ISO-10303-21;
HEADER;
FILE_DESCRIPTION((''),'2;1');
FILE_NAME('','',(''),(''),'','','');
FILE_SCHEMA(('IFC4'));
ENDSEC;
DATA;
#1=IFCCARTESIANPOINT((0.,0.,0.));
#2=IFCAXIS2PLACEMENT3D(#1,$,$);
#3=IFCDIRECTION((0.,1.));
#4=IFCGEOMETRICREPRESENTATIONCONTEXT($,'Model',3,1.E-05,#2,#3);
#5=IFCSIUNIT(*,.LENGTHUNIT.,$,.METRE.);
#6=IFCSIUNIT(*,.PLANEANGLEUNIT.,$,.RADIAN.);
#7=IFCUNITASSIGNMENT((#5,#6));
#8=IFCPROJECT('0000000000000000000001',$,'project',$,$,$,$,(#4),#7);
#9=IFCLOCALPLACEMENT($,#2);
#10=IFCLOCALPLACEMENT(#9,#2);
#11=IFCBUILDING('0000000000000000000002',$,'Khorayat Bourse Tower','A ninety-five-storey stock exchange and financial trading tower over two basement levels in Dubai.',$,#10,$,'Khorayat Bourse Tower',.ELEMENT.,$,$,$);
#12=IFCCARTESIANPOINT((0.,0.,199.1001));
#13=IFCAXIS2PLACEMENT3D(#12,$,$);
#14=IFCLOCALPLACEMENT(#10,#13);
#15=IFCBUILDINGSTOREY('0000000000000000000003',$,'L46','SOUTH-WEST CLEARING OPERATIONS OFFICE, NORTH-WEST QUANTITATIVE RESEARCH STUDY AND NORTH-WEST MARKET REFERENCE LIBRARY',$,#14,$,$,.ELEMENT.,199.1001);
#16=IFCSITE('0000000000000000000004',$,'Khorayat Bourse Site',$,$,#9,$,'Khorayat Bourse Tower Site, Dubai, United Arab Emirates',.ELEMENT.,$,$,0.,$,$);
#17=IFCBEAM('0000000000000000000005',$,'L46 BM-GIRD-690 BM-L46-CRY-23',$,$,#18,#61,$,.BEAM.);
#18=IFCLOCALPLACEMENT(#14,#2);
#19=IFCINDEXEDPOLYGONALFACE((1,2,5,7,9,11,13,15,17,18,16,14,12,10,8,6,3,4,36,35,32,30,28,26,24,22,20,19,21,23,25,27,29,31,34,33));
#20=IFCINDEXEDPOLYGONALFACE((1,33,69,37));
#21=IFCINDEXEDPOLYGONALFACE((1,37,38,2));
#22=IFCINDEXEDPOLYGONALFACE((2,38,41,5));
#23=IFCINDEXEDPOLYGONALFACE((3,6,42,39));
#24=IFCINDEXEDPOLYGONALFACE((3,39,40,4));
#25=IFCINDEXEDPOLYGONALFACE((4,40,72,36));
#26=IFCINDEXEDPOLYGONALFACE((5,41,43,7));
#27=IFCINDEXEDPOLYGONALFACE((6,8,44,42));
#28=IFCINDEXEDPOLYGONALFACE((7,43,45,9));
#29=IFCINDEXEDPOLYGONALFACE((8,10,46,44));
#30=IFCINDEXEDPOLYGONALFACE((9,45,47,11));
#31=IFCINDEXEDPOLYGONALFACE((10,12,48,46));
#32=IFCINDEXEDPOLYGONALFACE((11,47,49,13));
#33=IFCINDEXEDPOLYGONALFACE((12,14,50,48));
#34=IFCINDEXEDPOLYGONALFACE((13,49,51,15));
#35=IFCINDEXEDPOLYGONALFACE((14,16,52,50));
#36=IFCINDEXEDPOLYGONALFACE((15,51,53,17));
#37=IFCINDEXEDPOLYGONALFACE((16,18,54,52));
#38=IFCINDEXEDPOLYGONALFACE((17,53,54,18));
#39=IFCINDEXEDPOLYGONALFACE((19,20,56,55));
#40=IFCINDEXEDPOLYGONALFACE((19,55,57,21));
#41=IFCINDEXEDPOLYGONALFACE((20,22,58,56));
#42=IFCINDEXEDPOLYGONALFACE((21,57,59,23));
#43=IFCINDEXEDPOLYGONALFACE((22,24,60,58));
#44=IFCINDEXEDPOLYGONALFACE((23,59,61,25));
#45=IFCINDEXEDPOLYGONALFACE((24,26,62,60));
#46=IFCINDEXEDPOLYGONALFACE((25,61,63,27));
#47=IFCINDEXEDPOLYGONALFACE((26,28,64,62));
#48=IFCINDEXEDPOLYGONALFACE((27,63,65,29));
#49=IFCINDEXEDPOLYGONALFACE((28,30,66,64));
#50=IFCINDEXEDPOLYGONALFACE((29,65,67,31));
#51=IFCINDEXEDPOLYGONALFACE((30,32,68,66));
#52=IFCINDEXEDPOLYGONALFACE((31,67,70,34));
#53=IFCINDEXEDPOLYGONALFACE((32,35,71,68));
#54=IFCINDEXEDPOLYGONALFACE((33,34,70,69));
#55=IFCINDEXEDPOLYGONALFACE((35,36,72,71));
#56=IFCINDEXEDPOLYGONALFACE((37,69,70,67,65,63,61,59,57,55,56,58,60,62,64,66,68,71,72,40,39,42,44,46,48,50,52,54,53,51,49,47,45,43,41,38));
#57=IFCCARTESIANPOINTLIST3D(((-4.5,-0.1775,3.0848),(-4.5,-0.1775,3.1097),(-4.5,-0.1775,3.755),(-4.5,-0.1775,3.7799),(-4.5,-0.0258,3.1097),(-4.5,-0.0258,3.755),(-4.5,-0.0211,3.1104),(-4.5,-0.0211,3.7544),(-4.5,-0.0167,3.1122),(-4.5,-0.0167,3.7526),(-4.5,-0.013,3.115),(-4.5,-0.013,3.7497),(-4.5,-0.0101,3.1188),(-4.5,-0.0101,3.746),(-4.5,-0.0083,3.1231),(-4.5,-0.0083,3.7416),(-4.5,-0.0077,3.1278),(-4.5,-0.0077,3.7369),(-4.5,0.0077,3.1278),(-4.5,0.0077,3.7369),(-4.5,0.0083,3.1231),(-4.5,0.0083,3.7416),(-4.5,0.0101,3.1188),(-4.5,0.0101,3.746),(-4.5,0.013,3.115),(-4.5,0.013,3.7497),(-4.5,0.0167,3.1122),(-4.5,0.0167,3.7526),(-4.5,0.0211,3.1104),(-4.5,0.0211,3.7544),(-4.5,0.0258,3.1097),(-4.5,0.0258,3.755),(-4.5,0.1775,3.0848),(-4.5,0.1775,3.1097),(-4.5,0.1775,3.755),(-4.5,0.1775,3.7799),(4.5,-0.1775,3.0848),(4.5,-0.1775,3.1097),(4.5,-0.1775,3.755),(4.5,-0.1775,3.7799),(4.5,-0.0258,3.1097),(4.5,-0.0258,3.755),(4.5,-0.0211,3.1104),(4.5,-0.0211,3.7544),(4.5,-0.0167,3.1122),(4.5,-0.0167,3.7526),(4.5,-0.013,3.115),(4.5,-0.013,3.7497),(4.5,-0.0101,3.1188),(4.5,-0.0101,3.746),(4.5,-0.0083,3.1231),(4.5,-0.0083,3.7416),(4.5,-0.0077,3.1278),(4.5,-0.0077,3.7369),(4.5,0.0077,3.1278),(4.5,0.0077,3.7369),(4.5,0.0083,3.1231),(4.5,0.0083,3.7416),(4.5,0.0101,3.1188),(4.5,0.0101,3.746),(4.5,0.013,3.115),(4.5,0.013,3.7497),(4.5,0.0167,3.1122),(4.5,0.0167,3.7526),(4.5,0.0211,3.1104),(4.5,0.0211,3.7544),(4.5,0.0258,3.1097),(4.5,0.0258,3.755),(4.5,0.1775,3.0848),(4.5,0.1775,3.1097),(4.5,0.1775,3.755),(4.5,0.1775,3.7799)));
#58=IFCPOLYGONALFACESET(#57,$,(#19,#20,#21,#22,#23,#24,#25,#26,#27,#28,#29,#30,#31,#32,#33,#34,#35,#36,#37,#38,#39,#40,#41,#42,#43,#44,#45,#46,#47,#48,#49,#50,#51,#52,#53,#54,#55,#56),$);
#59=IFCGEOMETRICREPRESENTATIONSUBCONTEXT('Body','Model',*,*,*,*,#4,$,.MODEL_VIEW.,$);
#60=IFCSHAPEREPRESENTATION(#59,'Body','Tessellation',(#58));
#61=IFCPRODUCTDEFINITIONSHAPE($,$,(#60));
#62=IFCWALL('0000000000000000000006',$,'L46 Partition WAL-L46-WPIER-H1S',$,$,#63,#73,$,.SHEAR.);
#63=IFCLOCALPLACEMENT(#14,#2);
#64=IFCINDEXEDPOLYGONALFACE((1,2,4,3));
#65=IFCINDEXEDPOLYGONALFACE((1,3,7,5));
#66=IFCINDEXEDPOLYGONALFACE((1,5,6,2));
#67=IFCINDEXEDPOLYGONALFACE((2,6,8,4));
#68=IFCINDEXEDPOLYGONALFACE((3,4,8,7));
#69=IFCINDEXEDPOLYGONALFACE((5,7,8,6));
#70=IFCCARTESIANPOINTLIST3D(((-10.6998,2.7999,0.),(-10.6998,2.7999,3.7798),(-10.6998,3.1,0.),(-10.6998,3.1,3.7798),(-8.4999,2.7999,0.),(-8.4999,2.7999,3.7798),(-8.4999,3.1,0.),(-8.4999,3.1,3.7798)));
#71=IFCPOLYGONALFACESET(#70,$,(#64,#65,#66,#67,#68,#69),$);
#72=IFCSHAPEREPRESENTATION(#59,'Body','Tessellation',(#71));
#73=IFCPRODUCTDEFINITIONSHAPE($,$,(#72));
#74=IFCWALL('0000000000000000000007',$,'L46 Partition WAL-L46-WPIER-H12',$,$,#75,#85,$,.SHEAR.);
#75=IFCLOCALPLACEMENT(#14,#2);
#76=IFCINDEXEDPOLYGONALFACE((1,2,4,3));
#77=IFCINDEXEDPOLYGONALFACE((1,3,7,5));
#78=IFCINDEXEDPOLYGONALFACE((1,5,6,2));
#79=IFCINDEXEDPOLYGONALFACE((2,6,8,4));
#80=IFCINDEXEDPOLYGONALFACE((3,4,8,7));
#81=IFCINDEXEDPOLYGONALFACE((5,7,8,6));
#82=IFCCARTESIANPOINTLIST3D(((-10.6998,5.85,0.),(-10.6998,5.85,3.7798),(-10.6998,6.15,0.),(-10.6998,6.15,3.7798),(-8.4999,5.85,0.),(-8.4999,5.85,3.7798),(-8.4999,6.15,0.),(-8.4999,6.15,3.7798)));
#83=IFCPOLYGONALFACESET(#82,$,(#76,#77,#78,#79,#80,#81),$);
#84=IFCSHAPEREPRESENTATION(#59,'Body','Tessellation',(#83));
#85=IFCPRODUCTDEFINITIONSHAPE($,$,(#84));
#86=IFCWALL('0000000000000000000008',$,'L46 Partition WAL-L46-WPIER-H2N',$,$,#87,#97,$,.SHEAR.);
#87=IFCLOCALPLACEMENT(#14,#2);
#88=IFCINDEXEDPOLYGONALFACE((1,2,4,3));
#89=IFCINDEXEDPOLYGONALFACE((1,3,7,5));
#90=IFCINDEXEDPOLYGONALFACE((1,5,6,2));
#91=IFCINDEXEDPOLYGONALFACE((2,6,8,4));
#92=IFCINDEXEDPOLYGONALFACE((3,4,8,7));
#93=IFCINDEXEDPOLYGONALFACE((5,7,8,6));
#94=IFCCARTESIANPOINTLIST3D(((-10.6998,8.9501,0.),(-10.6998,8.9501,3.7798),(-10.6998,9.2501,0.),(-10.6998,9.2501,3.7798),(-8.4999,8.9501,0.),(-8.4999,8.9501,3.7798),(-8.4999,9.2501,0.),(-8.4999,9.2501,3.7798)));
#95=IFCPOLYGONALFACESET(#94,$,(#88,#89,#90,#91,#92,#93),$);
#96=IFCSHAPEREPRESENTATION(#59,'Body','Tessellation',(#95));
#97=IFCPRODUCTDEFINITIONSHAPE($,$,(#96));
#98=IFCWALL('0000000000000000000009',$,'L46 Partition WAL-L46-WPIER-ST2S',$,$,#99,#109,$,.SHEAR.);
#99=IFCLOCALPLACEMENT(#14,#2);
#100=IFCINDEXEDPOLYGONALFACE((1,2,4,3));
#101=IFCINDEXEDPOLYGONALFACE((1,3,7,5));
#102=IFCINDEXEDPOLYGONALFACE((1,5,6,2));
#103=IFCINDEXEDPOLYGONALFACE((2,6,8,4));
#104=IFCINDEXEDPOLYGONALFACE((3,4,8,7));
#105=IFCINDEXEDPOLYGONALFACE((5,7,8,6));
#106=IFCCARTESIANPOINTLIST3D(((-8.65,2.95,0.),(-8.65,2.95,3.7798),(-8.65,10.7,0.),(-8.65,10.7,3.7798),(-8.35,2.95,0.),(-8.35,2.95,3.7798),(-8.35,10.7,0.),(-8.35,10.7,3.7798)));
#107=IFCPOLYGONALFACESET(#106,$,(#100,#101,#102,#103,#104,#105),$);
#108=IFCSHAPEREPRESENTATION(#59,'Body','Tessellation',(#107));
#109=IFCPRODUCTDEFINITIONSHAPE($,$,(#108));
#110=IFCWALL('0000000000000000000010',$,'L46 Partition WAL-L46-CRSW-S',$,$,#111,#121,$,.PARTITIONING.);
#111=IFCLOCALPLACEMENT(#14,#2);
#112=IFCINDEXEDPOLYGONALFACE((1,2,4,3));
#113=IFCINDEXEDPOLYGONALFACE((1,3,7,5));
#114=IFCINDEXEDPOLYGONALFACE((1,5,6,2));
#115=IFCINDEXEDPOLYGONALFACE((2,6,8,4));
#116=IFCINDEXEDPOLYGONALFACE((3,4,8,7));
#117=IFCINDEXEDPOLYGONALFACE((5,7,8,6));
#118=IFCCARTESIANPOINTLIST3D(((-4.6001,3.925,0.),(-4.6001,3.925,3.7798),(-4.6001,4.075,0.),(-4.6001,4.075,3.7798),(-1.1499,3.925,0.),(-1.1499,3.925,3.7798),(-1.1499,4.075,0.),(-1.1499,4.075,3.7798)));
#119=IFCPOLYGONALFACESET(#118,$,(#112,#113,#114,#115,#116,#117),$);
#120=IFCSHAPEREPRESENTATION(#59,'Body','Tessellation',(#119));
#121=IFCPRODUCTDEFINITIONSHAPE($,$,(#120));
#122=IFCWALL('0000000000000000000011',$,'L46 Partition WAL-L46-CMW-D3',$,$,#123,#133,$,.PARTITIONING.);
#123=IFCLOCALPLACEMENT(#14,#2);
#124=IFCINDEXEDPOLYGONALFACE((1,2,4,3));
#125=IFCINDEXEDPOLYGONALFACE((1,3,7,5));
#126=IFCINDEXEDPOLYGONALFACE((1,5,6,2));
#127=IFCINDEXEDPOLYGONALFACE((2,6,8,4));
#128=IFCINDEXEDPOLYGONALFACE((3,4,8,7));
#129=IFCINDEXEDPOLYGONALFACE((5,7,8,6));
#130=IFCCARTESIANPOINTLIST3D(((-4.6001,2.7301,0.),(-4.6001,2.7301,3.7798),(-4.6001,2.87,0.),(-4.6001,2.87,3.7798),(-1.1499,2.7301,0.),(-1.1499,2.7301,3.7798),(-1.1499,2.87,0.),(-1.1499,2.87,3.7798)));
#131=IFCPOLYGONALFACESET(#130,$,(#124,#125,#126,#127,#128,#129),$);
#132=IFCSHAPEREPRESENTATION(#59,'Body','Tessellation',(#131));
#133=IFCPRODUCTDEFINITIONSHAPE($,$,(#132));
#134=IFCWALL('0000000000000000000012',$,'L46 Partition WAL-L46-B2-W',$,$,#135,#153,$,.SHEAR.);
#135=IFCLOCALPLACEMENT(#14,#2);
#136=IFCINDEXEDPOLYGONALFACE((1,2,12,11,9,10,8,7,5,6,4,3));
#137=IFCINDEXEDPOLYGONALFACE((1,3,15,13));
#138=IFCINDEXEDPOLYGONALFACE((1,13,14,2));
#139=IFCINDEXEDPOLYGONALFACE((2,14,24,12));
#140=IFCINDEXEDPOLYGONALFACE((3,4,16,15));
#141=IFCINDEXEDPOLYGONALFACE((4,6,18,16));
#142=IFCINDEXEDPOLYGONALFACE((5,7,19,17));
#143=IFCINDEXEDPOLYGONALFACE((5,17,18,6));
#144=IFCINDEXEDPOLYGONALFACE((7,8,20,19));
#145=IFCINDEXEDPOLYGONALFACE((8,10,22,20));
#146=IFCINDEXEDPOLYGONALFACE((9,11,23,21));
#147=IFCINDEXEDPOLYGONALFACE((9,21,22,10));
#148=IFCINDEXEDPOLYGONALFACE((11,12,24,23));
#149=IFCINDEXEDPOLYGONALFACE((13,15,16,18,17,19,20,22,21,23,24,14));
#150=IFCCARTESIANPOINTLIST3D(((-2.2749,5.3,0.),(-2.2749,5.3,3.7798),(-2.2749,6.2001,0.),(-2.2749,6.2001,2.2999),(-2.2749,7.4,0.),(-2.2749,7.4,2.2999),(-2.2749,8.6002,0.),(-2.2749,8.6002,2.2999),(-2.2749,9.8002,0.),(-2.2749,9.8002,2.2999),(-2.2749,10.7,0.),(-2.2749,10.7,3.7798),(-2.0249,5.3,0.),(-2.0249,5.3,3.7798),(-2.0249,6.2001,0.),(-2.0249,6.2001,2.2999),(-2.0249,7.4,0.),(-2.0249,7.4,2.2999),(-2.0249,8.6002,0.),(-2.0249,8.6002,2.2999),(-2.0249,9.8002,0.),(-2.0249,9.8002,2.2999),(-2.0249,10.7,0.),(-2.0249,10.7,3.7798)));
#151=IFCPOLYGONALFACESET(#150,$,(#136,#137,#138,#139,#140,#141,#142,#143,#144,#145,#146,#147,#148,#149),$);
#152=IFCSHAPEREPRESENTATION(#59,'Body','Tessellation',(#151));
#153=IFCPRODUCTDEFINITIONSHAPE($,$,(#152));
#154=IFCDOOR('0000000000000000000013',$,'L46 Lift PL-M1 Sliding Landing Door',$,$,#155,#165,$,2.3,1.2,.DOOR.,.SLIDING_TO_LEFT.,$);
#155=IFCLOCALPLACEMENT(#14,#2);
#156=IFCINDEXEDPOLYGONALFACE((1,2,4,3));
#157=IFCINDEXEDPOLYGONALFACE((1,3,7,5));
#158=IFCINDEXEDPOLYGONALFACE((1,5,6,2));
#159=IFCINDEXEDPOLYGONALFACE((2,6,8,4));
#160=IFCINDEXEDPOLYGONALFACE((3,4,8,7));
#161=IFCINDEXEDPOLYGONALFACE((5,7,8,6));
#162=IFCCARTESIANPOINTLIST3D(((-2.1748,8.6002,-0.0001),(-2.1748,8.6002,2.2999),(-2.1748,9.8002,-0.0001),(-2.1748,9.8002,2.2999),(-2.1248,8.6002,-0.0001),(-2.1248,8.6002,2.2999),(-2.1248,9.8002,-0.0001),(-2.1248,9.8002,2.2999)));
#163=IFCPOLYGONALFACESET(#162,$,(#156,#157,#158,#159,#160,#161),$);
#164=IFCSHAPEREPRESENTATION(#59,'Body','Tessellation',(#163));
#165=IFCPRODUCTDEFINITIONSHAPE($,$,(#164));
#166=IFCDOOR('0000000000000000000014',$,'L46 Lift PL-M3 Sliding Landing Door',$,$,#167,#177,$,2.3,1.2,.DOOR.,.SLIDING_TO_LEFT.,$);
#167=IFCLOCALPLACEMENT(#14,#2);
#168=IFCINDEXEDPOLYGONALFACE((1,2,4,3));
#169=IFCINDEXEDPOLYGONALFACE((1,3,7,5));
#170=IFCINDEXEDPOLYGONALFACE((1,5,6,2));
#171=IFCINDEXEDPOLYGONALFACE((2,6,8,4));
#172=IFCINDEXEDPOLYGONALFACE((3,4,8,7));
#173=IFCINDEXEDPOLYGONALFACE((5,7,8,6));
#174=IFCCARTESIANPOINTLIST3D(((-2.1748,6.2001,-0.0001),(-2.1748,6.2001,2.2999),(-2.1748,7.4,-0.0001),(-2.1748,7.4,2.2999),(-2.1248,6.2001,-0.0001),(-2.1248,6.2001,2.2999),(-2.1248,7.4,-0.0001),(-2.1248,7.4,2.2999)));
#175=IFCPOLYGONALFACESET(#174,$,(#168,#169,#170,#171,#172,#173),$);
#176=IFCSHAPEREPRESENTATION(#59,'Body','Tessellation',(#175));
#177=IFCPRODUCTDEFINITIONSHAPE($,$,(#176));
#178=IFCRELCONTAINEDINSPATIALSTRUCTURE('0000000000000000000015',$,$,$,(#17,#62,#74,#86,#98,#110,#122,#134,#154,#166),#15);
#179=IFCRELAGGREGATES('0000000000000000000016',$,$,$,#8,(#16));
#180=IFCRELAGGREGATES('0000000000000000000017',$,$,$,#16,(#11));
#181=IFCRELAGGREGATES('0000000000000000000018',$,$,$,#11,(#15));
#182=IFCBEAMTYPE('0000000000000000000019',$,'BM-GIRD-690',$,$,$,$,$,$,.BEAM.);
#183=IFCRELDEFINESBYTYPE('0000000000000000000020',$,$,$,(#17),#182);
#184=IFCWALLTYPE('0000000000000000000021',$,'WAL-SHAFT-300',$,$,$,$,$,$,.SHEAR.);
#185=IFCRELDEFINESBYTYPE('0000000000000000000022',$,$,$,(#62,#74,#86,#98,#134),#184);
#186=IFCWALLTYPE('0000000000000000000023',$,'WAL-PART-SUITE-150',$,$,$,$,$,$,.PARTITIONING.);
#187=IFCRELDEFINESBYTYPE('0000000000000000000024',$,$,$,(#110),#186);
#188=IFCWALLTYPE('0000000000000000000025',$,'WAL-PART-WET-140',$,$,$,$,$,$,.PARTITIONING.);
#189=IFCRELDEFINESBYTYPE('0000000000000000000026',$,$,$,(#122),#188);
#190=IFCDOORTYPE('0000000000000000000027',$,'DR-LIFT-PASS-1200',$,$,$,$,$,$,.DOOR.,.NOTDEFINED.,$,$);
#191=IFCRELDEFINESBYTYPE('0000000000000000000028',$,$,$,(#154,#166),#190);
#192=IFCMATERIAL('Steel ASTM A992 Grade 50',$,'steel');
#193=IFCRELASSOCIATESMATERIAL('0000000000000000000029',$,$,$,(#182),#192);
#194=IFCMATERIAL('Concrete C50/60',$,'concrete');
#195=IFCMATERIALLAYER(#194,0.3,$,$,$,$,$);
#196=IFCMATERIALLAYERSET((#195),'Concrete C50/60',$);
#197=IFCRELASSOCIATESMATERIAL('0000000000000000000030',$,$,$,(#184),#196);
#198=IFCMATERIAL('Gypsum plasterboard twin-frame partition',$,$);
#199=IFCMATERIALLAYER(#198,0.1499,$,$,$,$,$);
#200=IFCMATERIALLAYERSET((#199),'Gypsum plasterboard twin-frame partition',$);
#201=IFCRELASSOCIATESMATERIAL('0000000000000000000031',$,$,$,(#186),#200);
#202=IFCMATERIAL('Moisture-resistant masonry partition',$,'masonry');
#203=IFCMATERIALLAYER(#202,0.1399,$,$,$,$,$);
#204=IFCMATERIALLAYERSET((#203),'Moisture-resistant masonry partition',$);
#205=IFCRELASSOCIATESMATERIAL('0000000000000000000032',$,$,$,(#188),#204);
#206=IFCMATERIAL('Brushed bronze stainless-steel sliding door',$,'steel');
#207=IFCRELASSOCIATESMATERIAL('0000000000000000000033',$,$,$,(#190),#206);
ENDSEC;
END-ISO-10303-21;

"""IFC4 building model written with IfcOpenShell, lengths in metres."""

from ifc_helpers import new_model, si_unit, direction, frame, frame_2d, origin, origin_2d, place, context, subcontext, project, spatial, rectangle, i_section, extrude, source, transform, mapped, material, layer, layer_set, material_profile, profile_set, type_object, element, fill, save


model = new_model("IFC4")

# Units and contexts
model_context = context("Model", 3, precision=1e-05, world=origin(), true_north=direction((0.0, 1.0)))
body_context = subcontext(model_context, "Body", "Model", "MODEL_VIEW")
ifc_project = project(units=[si_unit("LENGTHUNIT", "METRE"), si_unit("PLANEANGLEUNIT", "RADIAN")], contexts=[model_context])

# Site, building, storey
site_placement = place(None, origin())
site = spatial("IfcSite", under=ifc_project, at=site_placement, Name="Khorayat Bourse Site", LongName="Khorayat Bourse Tower Site, Dubai, United Arab Emirates", CompositionType="ELEMENT", RefElevation=0.0)
building_placement = place(site_placement, origin())
building = spatial("IfcBuilding", under=site, at=building_placement, Name="Khorayat Bourse Tower", Description="A ninety-five-storey stock exchange and financial trading tower over two basement levels in Dubai.", LongName="Khorayat Bourse Tower", CompositionType="ELEMENT")
storey_placement = place(building_placement, frame((0.0, 0.0, 199.1001)))
storey = spatial("IfcBuildingStorey", under=building, at=storey_placement, Name="L46", Description="SOUTH-WEST CLEARING OPERATIONS OFFICE, NORTH-WEST QUANTITATIVE RESEARCH STUDY AND NORTH-WEST MARKET REFERENCE LIBRARY", CompositionType="ELEMENT", Elevation=199.1001)

# Beam
ifc_material_1 = material(Name="Steel ASTM A992 Grade 50", Category="steel")
ifc_material_profile_1 = material_profile(ifc_material_1, i_section(OverallWidth=0.355, OverallDepth=0.6951, WebThickness=0.0154, FlangeThickness=0.0249, FilletRadius=0.0181, at=origin_2d()), Name="W690X217")
ifc_profile_set_1 = profile_set([ifc_material_profile_1], Name="Steel ASTM A992 Grade 50")
beam_type = type_object("IfcBeamType", Name="BM-GIRD-690", PredefinedType="BEAM", material=ifc_profile_set_1)
shared_shape_1 = source(origin(), body_context, "Body", "SweptSolid", [
    extrude(i_section(OverallWidth=0.355, OverallDepth=0.6951, WebThickness=0.0154, FlangeThickness=0.0249, FilletRadius=0.0181, at=origin_2d()), origin(), (0.0, 0.0, 1.0), 9.0),
])
beam_1_placement = place(storey_placement, frame((-4.5, 0.0, 3.4324), z_axis=(1.0, 0.0, 0.0), x_axis=(0.0, 1.0, 0.0)))
element("IfcBeam", 1, at=beam_1_placement, inside=storey, type_object=beam_type, Name="L46 BM-GIRD-690 BM-L46-CRY-23", PredefinedType="BEAM", context=body_context, shape_type="MappedRepresentation", body=[
    mapped(shared_shape_1, transform((0.0, 0.0, 0.0), scale=1.0)),
])

# Walls
ifc_material_2 = material(Name="Concrete C50/60", Category="concrete")
ifc_layer_1 = layer(ifc_material_2, 0.3)
ifc_layer_set_1 = layer_set([ifc_layer_1], Name="Concrete C50/60")
wall_type_1 = type_object("IfcWallType", Name="WAL-SHAFT-300", PredefinedType="SHEAR", material=ifc_layer_set_1)
shared_shape_2 = source(origin(), body_context, "Body", "SweptSolid", [
    extrude(rectangle(XDim=2.2, YDim=0.3, at=frame_2d((1.1001, 0.0))), origin(), (0.0, 0.0, 1.0), 3.7798),
])
for number, where, z_axis, x_axis, name in (
    (2, (-10.7, 2.95, 0.0), (0.0, 0.0, 1.0), (1.0, 0.0, 0.0), "L46 Partition WAL-L46-WPIER-H1S"),
    (3, (-10.7, 6.0, 0.0), (0.0, 0.0, 1.0), (1.0, 0.0, 0.0), "L46 Partition WAL-L46-WPIER-H12"),
    (4, (-10.7, 9.1001, 0.0), (0.0, 0.0, 1.0), (1.0, 0.0, 0.0), "L46 Partition WAL-L46-WPIER-H2N"),
):
    element("IfcWall", number, at=place(storey_placement, frame(where, z_axis=z_axis, x_axis=x_axis)), inside=storey, type_object=wall_type_1, Name=name, PredefinedType="SHEAR", context=body_context, shape_type="MappedRepresentation", body=[
        mapped(shared_shape_2, transform((0.0, 0.0, 0.0), scale=1.0)),
    ])
shared_shape_3 = source(origin(), body_context, "Body", "SweptSolid", [
    extrude(rectangle(XDim=7.75, YDim=0.3, at=frame_2d((3.875, 0.0))), origin(), (0.0, 0.0, 1.0), 3.7798),
])
wall_1_placement = place(storey_placement, frame((-8.5, 2.95, 0.0), z_axis=(0.0, 0.0, 1.0), x_axis=(0.0, 1.0, 0.0)))
element("IfcWall", 5, at=wall_1_placement, inside=storey, type_object=wall_type_1, Name="L46 Partition WAL-L46-WPIER-ST2S", PredefinedType="SHEAR", context=body_context, shape_type="MappedRepresentation", body=[
    mapped(shared_shape_3, transform((0.0, 0.0, 0.0), scale=1.0)),
])
ifc_material_3 = material(Name="Gypsum plasterboard twin-frame partition")
ifc_layer_2 = layer(ifc_material_3, 0.1499)
ifc_layer_set_2 = layer_set([ifc_layer_2], Name="Gypsum plasterboard twin-frame partition")
wall_type_2 = type_object("IfcWallType", Name="WAL-PART-SUITE-150", PredefinedType="PARTITIONING", material=ifc_layer_set_2)
shared_shape_4 = source(origin(), body_context, "Body", "SweptSolid", [
    extrude(rectangle(XDim=3.4502, YDim=0.1499, at=frame_2d((1.7251, 0.0))), origin(), (0.0, 0.0, 1.0), 3.7798),
])
wall_2_placement = place(storey_placement, frame((-4.6001, 4.0, 0.0), z_axis=(0.0, 0.0, 1.0), x_axis=(1.0, 0.0, 0.0)))
element("IfcWall", 6, at=wall_2_placement, inside=storey, type_object=wall_type_2, Name="L46 Partition WAL-L46-CRSW-S", PredefinedType="PARTITIONING", context=body_context, shape_type="MappedRepresentation", body=[
    mapped(shared_shape_4, transform((0.0, 0.0, 0.0), scale=1.0)),
])
ifc_material_4 = material(Name="Moisture-resistant masonry partition", Category="masonry")
ifc_layer_3 = layer(ifc_material_4, 0.1399)
ifc_layer_set_3 = layer_set([ifc_layer_3], Name="Moisture-resistant masonry partition")
wall_type_3 = type_object("IfcWallType", Name="WAL-PART-WET-140", PredefinedType="PARTITIONING", material=ifc_layer_set_3)
shared_shape_5 = source(origin(), body_context, "Body", "SweptSolid", [
    extrude(rectangle(XDim=3.4502, YDim=0.1399, at=frame_2d((1.7251, 0.0))), origin(), (0.0, 0.0, 1.0), 3.7798),
])
wall_3_placement = place(storey_placement, frame((-4.6001, 2.8, 0.0), z_axis=(0.0, 0.0, 1.0), x_axis=(1.0, 0.0, 0.0)))
element("IfcWall", 7, at=wall_3_placement, inside=storey, type_object=wall_type_3, Name="L46 Partition WAL-L46-CMW-D3", PredefinedType="PARTITIONING", context=body_context, shape_type="MappedRepresentation", body=[
    mapped(shared_shape_5, transform((0.0, 0.0, 0.0), scale=1.0)),
])

# Wall, openings, doors
shared_shape_6 = source(origin(), body_context, "Body", "SweptSolid", [
    extrude(rectangle(XDim=5.3999, YDim=0.25, at=frame_2d((2.7, 0.0))), origin(), (0.0, 0.0, 1.0), 3.7798),
])
wall_4_placement = place(storey_placement, frame((-2.1499, 5.3, 0.0), z_axis=(0.0, 0.0, 1.0), x_axis=(0.0, 1.0, 0.0)))
wall_4 = element("IfcWall", 8, at=wall_4_placement, inside=storey, type_object=wall_type_1, Name="L46 Partition WAL-L46-B2-W", PredefinedType="SHEAR", context=body_context, shape_type="MappedRepresentation", body=[
    mapped(shared_shape_6, transform((0.0, 0.0, 0.0), scale=1.0)),
])
shared_shape_7 = source(origin(), body_context, "Body", "SweptSolid", [
    extrude(rectangle(XDim=1.2, YDim=2.3, at=frame_2d((0.6001, 1.1499))), frame((0.0, 0.135, 0.0), z_axis=(0.0, -1.0, 0.0), x_axis=(1.0, 0.0, 0.0)), (0.0, 0.0, 1.0), 0.27),
])
opening_1_placement = place(wall_4_placement, frame((3.3, 0.0, 0.0)))
opening_1 = element("IfcOpeningElement", 9, at=opening_1_placement, cuts=wall_4, PredefinedType="OPENING", context=body_context, shape_type="MappedRepresentation", body=[
    mapped(shared_shape_7, transform((0.0, 0.0, 0.0), scale=1.0)),
])
opening_2_placement = place(wall_4_placement, frame((0.8999, 0.0, 0.0)))
opening_2 = element("IfcOpeningElement", 10, at=opening_2_placement, cuts=wall_4, PredefinedType="OPENING", context=body_context, shape_type="MappedRepresentation", body=[
    mapped(shared_shape_7, transform((0.0, 0.0, 0.0), scale=1.0)),
])
ifc_material_5 = material(Name="Brushed bronze stainless-steel sliding door", Category="steel")
door_type_1 = type_object("IfcDoorType", Name="DR-LIFT-PASS-1200", OperationType="NOTDEFINED", PredefinedType="DOOR", material=ifc_material_5)
shared_shape_8 = source(origin(), body_context, "Body", "SweptSolid", [
    extrude(rectangle(XDim=1.2, YDim=2.3, at=frame_2d((0.6001, 1.1499))), frame((0.0, 0.0249, 0.0), z_axis=(0.0, -1.0, 0.0), x_axis=(1.0, 0.0, 0.0)), (0.0, 0.0, 1.0), 0.05),
])
door_1_placement = place(opening_1_placement, origin())
door_1 = element("IfcDoor", 11, at=door_1_placement, inside=storey, type_object=door_type_1, Name="L46 Lift PL-M1 Sliding Landing Door", OperationType="SLIDING_TO_LEFT", OverallHeight=2.3, OverallWidth=1.2, PredefinedType="DOOR", context=body_context, shape_type="MappedRepresentation", body=[
    mapped(shared_shape_8, transform((0.0, 0.0, 0.0), scale=1.0)),
])
fill(opening_1, door_1)
door_2_placement = place(opening_2_placement, origin())
door_2 = element("IfcDoor", 12, at=door_2_placement, inside=storey, type_object=door_type_1, Name="L46 Lift PL-M3 Sliding Landing Door", OperationType="SLIDING_TO_LEFT", OverallHeight=2.3, OverallWidth=1.2, PredefinedType="DOOR", context=body_context, shape_type="MappedRepresentation", body=[
    mapped(shared_shape_8, transform((0.0, 0.0, 0.0), scale=1.0)),
])
fill(opening_2, door_2)

save(model, "model.ifc")
